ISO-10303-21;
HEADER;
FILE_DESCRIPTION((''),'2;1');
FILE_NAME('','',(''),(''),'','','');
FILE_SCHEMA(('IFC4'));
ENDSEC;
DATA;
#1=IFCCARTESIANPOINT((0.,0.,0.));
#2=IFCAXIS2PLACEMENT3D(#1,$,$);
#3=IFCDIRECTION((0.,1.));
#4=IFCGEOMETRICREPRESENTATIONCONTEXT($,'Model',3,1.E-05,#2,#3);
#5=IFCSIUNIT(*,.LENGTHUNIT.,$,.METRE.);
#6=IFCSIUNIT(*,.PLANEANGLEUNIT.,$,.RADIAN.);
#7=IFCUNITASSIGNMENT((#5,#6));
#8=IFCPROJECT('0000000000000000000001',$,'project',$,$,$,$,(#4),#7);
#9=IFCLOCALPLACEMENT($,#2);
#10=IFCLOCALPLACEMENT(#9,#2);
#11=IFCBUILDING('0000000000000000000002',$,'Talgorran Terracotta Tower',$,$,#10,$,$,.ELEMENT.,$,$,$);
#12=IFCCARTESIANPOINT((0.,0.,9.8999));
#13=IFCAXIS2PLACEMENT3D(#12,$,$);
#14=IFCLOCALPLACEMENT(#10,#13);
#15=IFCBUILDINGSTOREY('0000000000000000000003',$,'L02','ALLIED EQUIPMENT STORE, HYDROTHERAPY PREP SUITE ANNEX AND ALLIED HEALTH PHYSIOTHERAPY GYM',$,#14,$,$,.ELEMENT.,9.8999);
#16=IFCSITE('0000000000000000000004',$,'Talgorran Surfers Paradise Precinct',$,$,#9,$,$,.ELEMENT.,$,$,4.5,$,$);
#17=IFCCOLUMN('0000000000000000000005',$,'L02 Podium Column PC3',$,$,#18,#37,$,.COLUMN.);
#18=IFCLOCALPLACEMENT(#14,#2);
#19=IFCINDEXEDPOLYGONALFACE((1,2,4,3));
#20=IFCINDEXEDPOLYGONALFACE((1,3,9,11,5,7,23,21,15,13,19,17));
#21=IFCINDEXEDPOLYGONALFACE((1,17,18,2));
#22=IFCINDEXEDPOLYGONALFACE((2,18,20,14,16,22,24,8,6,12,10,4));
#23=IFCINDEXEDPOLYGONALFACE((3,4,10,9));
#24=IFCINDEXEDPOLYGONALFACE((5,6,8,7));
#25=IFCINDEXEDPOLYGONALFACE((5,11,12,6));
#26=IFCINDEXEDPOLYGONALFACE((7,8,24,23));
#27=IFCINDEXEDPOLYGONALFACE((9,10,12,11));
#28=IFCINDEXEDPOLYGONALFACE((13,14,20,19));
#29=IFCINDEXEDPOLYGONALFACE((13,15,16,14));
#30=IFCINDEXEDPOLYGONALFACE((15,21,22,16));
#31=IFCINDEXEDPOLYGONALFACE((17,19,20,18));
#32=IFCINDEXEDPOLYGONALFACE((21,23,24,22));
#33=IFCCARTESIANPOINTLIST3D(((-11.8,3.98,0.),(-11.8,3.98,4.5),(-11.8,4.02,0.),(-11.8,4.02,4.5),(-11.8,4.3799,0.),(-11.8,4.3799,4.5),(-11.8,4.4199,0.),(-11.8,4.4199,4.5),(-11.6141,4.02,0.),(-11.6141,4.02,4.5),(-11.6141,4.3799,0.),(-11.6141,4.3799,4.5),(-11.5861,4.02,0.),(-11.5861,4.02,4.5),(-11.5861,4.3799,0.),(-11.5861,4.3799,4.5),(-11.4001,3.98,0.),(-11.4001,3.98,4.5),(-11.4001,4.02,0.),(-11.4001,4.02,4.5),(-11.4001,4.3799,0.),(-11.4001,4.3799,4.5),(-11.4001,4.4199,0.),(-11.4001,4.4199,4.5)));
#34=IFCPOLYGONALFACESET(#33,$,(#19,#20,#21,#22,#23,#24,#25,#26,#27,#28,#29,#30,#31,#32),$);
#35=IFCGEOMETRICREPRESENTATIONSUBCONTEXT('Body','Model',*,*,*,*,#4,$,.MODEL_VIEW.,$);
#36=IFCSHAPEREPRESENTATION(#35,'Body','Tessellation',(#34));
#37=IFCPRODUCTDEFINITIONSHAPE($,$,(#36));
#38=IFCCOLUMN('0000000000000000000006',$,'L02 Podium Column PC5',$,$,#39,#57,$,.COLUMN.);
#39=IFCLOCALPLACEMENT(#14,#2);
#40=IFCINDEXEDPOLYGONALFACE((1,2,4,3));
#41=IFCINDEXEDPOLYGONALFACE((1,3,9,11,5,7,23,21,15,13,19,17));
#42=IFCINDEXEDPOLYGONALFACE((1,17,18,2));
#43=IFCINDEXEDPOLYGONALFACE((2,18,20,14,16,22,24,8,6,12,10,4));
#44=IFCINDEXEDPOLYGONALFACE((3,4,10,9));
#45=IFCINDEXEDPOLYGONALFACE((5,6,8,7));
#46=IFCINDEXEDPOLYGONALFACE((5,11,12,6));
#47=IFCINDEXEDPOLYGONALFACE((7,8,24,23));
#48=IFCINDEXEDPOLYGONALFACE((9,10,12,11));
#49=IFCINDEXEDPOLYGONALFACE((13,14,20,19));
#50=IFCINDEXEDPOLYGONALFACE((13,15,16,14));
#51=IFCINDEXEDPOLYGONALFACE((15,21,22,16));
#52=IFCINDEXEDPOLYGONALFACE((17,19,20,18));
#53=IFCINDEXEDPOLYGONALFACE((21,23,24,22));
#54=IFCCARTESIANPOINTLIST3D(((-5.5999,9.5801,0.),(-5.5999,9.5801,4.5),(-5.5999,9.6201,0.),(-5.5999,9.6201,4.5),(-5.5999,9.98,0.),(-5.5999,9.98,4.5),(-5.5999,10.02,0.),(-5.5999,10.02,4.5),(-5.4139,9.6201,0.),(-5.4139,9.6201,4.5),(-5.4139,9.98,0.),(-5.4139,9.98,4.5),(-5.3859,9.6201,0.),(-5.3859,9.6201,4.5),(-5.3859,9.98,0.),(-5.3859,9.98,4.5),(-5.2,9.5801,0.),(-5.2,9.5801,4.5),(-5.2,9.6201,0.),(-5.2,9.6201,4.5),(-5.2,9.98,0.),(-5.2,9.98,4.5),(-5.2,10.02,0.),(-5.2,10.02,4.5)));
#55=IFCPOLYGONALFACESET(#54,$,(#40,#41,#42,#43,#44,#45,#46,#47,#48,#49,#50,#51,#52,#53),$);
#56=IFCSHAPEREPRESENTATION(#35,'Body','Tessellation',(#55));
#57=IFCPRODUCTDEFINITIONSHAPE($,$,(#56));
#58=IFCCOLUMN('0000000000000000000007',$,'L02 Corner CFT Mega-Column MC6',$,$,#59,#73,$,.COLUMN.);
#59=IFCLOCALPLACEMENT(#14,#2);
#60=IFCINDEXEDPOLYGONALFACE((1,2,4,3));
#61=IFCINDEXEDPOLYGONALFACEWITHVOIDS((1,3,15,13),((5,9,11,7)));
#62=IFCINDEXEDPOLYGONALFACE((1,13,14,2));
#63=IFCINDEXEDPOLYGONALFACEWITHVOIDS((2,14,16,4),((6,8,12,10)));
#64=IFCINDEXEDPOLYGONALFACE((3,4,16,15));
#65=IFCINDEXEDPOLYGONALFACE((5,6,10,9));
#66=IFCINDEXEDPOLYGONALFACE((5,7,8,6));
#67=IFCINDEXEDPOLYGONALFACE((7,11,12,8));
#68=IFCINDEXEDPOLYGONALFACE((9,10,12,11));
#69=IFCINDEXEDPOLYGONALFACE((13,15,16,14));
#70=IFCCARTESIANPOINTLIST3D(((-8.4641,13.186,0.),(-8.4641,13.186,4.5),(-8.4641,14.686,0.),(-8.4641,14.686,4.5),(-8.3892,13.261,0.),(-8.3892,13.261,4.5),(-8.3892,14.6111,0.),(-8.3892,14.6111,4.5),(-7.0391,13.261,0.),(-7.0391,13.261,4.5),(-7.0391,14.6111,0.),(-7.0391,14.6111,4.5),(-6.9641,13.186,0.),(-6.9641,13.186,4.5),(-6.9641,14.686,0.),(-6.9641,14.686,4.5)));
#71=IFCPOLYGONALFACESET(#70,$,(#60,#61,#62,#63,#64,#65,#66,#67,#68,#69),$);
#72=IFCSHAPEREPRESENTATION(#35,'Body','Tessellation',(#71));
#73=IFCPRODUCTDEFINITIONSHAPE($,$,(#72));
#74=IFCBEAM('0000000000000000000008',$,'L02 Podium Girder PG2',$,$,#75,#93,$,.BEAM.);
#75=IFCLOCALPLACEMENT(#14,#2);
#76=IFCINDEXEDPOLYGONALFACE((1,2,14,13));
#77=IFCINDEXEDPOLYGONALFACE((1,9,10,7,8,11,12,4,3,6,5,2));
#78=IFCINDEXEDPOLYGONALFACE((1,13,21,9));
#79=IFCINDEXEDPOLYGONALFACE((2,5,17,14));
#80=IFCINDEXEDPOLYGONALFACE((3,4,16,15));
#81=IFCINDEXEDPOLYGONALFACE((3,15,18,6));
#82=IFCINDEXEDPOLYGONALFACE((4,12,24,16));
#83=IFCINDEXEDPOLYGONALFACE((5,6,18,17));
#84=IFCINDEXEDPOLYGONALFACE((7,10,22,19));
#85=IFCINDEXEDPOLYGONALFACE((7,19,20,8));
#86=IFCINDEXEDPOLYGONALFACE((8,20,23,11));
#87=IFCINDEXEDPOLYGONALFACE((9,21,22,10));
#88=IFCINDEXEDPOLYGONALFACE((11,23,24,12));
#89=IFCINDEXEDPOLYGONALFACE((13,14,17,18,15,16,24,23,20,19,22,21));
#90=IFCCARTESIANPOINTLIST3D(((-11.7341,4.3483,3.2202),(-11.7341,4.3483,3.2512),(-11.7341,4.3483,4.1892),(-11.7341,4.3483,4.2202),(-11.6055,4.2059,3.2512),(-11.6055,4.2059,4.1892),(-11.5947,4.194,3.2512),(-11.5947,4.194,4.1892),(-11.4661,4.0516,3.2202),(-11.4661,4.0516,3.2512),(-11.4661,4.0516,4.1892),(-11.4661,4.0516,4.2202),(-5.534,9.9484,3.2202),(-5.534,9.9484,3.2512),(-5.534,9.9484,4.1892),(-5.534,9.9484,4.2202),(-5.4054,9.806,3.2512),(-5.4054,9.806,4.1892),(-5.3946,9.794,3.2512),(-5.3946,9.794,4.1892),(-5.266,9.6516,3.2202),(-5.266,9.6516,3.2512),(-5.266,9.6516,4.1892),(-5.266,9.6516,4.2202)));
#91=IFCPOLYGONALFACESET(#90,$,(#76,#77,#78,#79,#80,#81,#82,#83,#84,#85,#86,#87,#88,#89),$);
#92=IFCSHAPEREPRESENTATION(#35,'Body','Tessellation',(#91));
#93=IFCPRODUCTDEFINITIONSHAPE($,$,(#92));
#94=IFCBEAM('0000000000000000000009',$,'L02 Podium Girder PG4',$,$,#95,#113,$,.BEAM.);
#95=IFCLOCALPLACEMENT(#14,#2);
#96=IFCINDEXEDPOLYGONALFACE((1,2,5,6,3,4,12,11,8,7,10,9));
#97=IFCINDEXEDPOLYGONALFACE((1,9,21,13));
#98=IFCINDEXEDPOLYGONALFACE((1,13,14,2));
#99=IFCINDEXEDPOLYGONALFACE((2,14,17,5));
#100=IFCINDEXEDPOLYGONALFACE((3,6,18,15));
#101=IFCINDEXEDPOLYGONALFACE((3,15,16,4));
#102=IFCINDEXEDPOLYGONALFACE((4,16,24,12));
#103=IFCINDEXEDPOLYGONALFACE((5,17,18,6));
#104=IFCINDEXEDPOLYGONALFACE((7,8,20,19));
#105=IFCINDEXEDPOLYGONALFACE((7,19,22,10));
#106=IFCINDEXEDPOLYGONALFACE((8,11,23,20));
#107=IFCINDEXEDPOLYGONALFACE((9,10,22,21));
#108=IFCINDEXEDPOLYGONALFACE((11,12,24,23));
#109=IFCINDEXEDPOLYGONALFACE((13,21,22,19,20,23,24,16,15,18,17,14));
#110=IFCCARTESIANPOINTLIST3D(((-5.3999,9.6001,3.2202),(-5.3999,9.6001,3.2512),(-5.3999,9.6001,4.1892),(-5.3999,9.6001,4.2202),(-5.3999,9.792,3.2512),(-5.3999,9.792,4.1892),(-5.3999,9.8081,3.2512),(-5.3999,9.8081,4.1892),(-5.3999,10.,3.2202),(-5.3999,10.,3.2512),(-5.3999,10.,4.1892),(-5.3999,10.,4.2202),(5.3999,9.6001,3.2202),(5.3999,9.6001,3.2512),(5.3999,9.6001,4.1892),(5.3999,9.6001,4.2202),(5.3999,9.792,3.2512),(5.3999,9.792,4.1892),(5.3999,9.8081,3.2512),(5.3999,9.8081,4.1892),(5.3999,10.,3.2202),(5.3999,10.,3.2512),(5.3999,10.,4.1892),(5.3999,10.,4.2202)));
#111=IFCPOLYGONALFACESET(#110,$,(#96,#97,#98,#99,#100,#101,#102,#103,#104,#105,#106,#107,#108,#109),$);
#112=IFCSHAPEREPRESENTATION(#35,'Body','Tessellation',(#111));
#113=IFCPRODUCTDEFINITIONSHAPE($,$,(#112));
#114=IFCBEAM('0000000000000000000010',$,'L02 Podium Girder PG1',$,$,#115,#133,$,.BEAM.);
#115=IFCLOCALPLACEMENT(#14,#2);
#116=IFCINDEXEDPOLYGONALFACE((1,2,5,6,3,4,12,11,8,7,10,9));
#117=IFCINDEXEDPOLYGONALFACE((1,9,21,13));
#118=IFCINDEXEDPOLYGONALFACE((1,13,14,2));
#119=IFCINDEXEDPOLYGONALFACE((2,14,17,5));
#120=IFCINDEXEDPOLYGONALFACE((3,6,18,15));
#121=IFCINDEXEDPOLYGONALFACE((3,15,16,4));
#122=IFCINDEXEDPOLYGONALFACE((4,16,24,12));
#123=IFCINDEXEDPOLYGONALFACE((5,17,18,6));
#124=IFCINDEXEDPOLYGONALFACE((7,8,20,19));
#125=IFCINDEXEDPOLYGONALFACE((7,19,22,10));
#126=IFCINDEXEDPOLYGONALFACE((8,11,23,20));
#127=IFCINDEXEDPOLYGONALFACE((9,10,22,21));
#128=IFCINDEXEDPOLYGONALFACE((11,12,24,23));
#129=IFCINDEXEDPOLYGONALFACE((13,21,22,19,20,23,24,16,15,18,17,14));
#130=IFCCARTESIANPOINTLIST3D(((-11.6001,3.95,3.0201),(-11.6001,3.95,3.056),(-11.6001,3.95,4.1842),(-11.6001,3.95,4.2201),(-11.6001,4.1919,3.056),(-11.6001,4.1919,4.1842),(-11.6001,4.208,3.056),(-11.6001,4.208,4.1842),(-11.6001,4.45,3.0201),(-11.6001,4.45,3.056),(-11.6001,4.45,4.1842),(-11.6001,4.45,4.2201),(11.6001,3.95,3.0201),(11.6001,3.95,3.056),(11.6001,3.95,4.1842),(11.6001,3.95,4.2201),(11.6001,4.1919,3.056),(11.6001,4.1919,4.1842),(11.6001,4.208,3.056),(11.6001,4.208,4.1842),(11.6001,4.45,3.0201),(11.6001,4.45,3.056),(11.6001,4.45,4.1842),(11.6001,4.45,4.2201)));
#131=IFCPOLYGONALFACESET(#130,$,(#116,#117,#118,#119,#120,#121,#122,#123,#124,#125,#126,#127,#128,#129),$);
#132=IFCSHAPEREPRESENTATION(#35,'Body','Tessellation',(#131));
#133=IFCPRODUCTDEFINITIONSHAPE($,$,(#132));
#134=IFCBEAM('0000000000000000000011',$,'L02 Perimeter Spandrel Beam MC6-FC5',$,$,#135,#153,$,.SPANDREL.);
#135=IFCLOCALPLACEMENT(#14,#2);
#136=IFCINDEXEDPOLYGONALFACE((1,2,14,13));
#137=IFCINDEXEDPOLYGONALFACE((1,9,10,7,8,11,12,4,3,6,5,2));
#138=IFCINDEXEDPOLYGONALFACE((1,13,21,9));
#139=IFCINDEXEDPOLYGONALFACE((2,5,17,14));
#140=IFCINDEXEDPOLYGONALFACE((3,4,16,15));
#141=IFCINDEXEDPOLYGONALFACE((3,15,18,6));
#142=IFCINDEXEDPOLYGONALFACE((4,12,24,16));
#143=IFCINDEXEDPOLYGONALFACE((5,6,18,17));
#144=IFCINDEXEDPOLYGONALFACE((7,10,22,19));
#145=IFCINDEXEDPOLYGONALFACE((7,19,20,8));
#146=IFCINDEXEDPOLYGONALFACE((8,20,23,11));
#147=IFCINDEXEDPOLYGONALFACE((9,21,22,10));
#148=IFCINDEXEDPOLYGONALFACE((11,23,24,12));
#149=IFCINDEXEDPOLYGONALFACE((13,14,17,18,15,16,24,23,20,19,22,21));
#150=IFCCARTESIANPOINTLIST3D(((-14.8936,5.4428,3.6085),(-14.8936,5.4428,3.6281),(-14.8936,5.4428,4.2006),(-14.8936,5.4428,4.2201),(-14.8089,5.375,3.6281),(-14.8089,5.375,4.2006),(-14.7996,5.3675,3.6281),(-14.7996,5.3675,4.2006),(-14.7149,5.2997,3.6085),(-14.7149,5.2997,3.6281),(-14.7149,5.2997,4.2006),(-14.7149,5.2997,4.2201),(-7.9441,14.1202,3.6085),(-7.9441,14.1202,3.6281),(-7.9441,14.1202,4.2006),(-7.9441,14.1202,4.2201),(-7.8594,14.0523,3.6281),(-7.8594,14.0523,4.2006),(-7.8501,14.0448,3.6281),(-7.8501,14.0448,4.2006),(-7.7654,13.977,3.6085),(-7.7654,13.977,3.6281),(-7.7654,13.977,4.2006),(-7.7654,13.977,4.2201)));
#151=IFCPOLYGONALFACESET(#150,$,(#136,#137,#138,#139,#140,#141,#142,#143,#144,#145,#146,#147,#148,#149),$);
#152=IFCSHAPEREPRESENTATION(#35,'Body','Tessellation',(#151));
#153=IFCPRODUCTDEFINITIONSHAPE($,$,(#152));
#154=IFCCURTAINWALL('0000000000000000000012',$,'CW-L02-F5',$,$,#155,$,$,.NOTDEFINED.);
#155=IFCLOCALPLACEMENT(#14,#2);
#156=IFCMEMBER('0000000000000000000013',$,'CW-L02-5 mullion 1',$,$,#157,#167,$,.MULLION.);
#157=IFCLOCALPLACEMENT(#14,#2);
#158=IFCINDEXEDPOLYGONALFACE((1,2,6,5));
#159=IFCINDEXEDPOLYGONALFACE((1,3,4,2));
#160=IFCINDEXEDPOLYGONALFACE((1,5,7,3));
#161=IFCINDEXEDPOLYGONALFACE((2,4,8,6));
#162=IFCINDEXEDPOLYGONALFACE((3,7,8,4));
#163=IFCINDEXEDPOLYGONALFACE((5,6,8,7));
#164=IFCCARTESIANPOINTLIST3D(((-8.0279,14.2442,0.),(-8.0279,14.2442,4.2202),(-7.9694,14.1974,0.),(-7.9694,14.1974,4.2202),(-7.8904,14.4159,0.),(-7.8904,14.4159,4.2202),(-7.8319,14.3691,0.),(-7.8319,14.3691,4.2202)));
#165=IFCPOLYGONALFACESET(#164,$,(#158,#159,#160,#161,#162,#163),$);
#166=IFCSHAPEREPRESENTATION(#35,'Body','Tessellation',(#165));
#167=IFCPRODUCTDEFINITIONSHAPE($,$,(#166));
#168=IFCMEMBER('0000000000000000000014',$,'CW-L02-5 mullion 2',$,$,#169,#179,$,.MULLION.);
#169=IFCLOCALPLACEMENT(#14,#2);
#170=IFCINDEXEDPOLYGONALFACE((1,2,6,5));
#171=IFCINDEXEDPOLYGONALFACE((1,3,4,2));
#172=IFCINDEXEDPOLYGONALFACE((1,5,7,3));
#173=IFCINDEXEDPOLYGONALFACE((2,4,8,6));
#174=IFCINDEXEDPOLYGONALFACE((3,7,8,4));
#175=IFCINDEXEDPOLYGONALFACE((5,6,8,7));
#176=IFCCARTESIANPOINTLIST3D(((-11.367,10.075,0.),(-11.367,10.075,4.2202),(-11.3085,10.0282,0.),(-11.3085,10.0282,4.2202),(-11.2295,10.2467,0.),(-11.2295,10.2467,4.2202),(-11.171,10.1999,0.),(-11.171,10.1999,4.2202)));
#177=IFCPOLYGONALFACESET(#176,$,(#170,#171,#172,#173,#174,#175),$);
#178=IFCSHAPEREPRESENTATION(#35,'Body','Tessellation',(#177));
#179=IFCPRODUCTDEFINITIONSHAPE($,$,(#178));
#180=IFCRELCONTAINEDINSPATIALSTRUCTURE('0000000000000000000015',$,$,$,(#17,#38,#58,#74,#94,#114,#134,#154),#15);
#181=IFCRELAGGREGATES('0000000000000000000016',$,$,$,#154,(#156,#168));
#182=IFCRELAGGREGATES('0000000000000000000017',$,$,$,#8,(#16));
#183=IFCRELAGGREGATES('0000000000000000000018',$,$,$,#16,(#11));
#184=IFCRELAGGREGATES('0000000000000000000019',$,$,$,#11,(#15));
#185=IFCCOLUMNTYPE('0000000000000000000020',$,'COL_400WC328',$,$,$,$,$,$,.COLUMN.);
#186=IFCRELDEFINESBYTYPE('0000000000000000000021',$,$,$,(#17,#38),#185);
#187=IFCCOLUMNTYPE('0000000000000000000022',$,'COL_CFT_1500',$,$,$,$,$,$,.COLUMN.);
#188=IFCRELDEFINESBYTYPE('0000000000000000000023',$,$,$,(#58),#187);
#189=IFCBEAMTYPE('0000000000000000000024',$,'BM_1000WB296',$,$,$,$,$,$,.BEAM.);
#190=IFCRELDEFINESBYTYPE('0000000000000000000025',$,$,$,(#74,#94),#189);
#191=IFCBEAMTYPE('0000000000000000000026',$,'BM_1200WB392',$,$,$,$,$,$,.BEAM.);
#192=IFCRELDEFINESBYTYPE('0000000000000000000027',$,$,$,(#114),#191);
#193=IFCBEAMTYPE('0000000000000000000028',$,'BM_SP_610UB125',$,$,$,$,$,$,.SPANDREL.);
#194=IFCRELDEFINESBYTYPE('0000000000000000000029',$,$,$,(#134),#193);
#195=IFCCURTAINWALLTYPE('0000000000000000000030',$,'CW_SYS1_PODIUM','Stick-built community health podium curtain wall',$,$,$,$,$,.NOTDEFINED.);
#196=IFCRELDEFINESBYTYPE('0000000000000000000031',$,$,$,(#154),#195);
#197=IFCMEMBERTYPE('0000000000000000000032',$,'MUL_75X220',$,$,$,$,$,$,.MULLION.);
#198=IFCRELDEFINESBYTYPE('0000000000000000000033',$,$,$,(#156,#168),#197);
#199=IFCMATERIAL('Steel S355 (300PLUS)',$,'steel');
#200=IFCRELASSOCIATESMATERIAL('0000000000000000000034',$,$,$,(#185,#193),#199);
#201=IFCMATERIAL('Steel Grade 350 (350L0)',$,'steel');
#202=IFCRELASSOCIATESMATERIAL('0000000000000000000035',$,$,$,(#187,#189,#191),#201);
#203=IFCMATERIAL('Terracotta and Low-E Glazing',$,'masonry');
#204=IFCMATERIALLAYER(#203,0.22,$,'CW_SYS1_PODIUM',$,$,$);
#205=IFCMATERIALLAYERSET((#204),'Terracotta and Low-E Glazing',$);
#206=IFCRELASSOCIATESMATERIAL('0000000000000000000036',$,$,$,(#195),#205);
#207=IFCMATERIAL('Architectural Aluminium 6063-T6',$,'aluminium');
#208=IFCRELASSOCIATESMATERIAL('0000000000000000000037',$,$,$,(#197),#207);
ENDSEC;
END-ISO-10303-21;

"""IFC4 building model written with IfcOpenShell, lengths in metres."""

from ifc_helpers import new_model, si_unit, direction, frame, origin, origin_2d, place, context, subcontext, project, spatial, rectangle, hollow_rectangle, i_section, extrude, material, layer, layer_set, material_profile, profile_set, type_object, element, aggregate, save


model = new_model("IFC4")

# Units and contexts
model_context = context("Model", 3, precision=1e-05, world=origin(), true_north=direction((0.0, 1.0)))
body_context = subcontext(model_context, "Body", "Model", "MODEL_VIEW")
ifc_project = project(units=[si_unit("LENGTHUNIT", "METRE"), si_unit("PLANEANGLEUNIT", "RADIAN")], contexts=[model_context])

# Site, building, storey
site_placement = place(None, origin())
site = spatial("IfcSite", under=ifc_project, at=site_placement, Name="Talgorran Surfers Paradise Precinct", CompositionType="ELEMENT", RefElevation=4.5)
building_placement = place(site_placement, origin())
building = spatial("IfcBuilding", under=site, at=building_placement, Name="Talgorran Terracotta Tower", CompositionType="ELEMENT")
storey_placement = place(building_placement, frame((0.0, 0.0, 9.8999)))
storey = spatial("IfcBuildingStorey", under=building, at=storey_placement, Name="L02", Description="ALLIED EQUIPMENT STORE, HYDROTHERAPY PREP SUITE ANNEX AND ALLIED HEALTH PHYSIOTHERAPY GYM", CompositionType="ELEMENT", Elevation=9.8999)

# Columns
ifc_material_1 = material(Name="Steel S355 (300PLUS)", Category="steel")
ifc_material_profile_1 = material_profile(ifc_material_1, i_section(OverallWidth=0.3999, OverallDepth=0.4399, WebThickness=0.0281, FlangeThickness=0.04, at=origin_2d()), Name="400WC328")
ifc_profile_set_1 = profile_set([ifc_material_profile_1], Name="Steel S355 (300PLUS)")
column_type_1 = type_object("IfcColumnType", Name="COL_400WC328", PredefinedType="COLUMN", material=ifc_profile_set_1)
for number, where, z_axis, x_axis, name in (
    (1, (-11.6001, 4.2, 0.0), (0.0, 0.0, 1.0), (1.0, 0.0, 0.0), "L02 Podium Column PC3"),
    (2, (-5.3999, 9.8, 0.0), (0.0, 0.0, 1.0), (1.0, 0.0, 0.0), "L02 Podium Column PC5"),
):
    element("IfcColumn", number, at=place(storey_placement, frame(where, z_axis=z_axis, x_axis=x_axis)), inside=storey, type_object=column_type_1, Name=name, PredefinedType="COLUMN", context=body_context, shape_type="SweptSolid", body=[
        extrude(i_section(OverallWidth=0.3999, OverallDepth=0.4399, WebThickness=0.0281, FlangeThickness=0.04, at=origin_2d()), origin(), (0.0, 0.0, 1.0), 4.5),
    ])
ifc_material_2 = material(Name="Steel Grade 350 (350L0)", Category="steel")
ifc_material_profile_2 = material_profile(ifc_material_2, hollow_rectangle(XDim=1.5, YDim=1.5, WallThickness=0.075, at=origin_2d()), Name="CFT1500X1500X75")
ifc_profile_set_2 = profile_set([ifc_material_profile_2], Name="Steel Grade 350 (350L0)")
column_type_2 = type_object("IfcColumnType", Name="COL_CFT_1500", PredefinedType="COLUMN", material=ifc_profile_set_2)
column_placement = place(storey_placement, frame((-7.7141, 13.936, 0.0), z_axis=(0.0, 0.0, 1.0), x_axis=(1.0, 0.0, 0.0)))
element("IfcColumn", 3, at=column_placement, inside=storey, type_object=column_type_2, Name="L02 Corner CFT Mega-Column MC6", PredefinedType="COLUMN", context=body_context, shape_type="SweptSolid", body=[
    extrude(hollow_rectangle(XDim=1.5, YDim=1.5, WallThickness=0.075, at=origin_2d()), origin(), (0.0, 0.0, 1.0), 4.5),
])

# Beams
ifc_material_profile_3 = material_profile(ifc_material_2, i_section(OverallWidth=0.3999, OverallDepth=1.0, WebThickness=0.0161, FlangeThickness=0.031, at=origin_2d()), Name="1000WB296")
ifc_profile_set_3 = profile_set([ifc_material_profile_3], Name="Steel Grade 350 (350L0)")
beam_type_1 = type_object("IfcBeamType", Name="BM_1000WB296", PredefinedType="BEAM", material=ifc_profile_set_3)
beam_1_placement = place(storey_placement, frame((-11.6001, 4.2, 3.7202), z_axis=(0.742107, 0.670281, 0.0), x_axis=(-0.670281, 0.742107, 0.0)))
element("IfcBeam", 4, at=beam_1_placement, inside=storey, type_object=beam_type_1, Name="L02 Podium Girder PG2", PredefinedType="BEAM", context=body_context, shape_type="SweptSolid", body=[
    extrude(i_section(OverallWidth=0.3999, OverallDepth=1.0, WebThickness=0.0161, FlangeThickness=0.031, at=origin_2d()), origin(), (0.0, 0.0, 1.0), 8.3547),
])
beam_2_placement = place(storey_placement, frame((-5.3999, 9.8, 3.7202), z_axis=(1.0, 0.0, 0.0), x_axis=(0.0, 1.0, 0.0)))
element("IfcBeam", 5, at=beam_2_placement, inside=storey, type_object=beam_type_1, Name="L02 Podium Girder PG4", PredefinedType="BEAM", context=body_context, shape_type="SweptSolid", body=[
    extrude(i_section(OverallWidth=0.3999, OverallDepth=1.0, WebThickness=0.0161, FlangeThickness=0.031, at=origin_2d()), origin(), (0.0, 0.0, 1.0), 10.7998),
])
ifc_material_profile_4 = material_profile(ifc_material_2, i_section(OverallWidth=0.5, OverallDepth=1.2, WebThickness=0.0161, FlangeThickness=0.0359, at=origin_2d()), Name="1200WB392")
ifc_profile_set_4 = profile_set([ifc_material_profile_4], Name="Steel Grade 350 (350L0)")
beam_type_2 = type_object("IfcBeamType", Name="BM_1200WB392", PredefinedType="BEAM", material=ifc_profile_set_4)
beam_3_placement = place(storey_placement, frame((-11.6001, 4.2, 3.6201), z_axis=(1.0, 0.0, 0.0), x_axis=(0.0, 1.0, 0.0)))
element("IfcBeam", 6, at=beam_3_placement, inside=storey, type_object=beam_type_2, Name="L02 Podium Girder PG1", PredefinedType="BEAM", context=body_context, shape_type="SweptSolid", body=[
    extrude(i_section(OverallWidth=0.5, OverallDepth=1.2, WebThickness=0.0161, FlangeThickness=0.0359, at=origin_2d()), origin(), (0.0, 0.0, 1.0), 23.2002),
])
ifc_material_profile_5 = material_profile(ifc_material_1, i_section(OverallWidth=0.229, OverallDepth=0.6116, WebThickness=0.012, FlangeThickness=0.0195, at=origin_2d()), Name="610UB125")
ifc_profile_set_5 = profile_set([ifc_material_profile_5], Name="Steel S355 (300PLUS)")
beam_type_3 = type_object("IfcBeamType", Name="BM_SP_610UB125", PredefinedType="SPANDREL", material=ifc_profile_set_5)
beam_4_placement = place(storey_placement, frame((-7.8547, 14.0486, 3.9143), z_axis=(-0.625115, -0.780532, 0.0), x_axis=(0.780532, -0.625115, 0.0)))
element("IfcBeam", 7, at=beam_4_placement, inside=storey, type_object=beam_type_3, Name="L02 Perimeter Spandrel Beam MC6-FC5", PredefinedType="SPANDREL", context=body_context, shape_type="SweptSolid", body=[
    extrude(i_section(OverallWidth=0.229, OverallDepth=0.6116, WebThickness=0.012, FlangeThickness=0.0195, at=origin_2d()), origin(), (0.0, 0.0, 1.0), 11.1172),
])

# Curtain wall, members
ifc_material_3 = material(Name="Terracotta and Low-E Glazing", Category="masonry")
ifc_layer_1 = layer(ifc_material_3, 0.22, Name="CW_SYS1_PODIUM")
ifc_layer_set_1 = layer_set([ifc_layer_1], Name="Terracotta and Low-E Glazing")
curtain_wall_type = type_object("IfcCurtainWallType", Name="CW_SYS1_PODIUM", Description="Stick-built community health podium curtain wall", PredefinedType="NOTDEFINED", material=ifc_layer_set_1)
curtain_wall_placement = place(storey_placement, origin())
curtain_wall = element("IfcCurtainWall", 8, at=curtain_wall_placement, inside=storey, type_object=curtain_wall_type, Name="CW-L02-F5", PredefinedType="NOTDEFINED")
ifc_material_4 = material(Name="Architectural Aluminium 6063-T6", Category="aluminium")
ifc_material_profile_6 = material_profile(ifc_material_4, rectangle(XDim=0.075, YDim=0.22, at=origin_2d()), Name="CWM75X220")
ifc_profile_set_6 = profile_set([ifc_material_profile_6], Name="Architectural Aluminium 6063-T6")
member_type_1 = type_object("IfcMemberType", Name="MUL_75X220", PredefinedType="MULLION", material=ifc_profile_set_6)
member_1_placement = place(storey_placement, frame((-7.9299, 14.3066, 0.0), z_axis=(0.0, 0.0, 1.0), x_axis=(0.780532, -0.625116, 0.0)))
member_1 = element("IfcMember", 9, at=member_1_placement, type_object=member_type_1, Name="CW-L02-5 mullion 1", PredefinedType="MULLION", context=body_context, shape_type="SweptSolid", body=[
    extrude(rectangle(XDim=0.075, YDim=0.22, at=origin_2d()), origin(), (0.0, 0.0, 1.0), 4.2202),
])
member_2_placement = place(storey_placement, frame((-11.269, 10.1375, 0.0), z_axis=(0.0, 0.0, 1.0), x_axis=(0.780532, -0.625116, 0.0)))
member_2 = element("IfcMember", 10, at=member_2_placement, type_object=member_type_1, Name="CW-L02-5 mullion 2", PredefinedType="MULLION", context=body_context, shape_type="SweptSolid", body=[
    extrude(rectangle(XDim=0.075, YDim=0.22, at=origin_2d()), origin(), (0.0, 0.0, 1.0), 4.2202),
])

aggregate(curtain_wall, [member_1, member_2])

save(model, "model.ifc")
